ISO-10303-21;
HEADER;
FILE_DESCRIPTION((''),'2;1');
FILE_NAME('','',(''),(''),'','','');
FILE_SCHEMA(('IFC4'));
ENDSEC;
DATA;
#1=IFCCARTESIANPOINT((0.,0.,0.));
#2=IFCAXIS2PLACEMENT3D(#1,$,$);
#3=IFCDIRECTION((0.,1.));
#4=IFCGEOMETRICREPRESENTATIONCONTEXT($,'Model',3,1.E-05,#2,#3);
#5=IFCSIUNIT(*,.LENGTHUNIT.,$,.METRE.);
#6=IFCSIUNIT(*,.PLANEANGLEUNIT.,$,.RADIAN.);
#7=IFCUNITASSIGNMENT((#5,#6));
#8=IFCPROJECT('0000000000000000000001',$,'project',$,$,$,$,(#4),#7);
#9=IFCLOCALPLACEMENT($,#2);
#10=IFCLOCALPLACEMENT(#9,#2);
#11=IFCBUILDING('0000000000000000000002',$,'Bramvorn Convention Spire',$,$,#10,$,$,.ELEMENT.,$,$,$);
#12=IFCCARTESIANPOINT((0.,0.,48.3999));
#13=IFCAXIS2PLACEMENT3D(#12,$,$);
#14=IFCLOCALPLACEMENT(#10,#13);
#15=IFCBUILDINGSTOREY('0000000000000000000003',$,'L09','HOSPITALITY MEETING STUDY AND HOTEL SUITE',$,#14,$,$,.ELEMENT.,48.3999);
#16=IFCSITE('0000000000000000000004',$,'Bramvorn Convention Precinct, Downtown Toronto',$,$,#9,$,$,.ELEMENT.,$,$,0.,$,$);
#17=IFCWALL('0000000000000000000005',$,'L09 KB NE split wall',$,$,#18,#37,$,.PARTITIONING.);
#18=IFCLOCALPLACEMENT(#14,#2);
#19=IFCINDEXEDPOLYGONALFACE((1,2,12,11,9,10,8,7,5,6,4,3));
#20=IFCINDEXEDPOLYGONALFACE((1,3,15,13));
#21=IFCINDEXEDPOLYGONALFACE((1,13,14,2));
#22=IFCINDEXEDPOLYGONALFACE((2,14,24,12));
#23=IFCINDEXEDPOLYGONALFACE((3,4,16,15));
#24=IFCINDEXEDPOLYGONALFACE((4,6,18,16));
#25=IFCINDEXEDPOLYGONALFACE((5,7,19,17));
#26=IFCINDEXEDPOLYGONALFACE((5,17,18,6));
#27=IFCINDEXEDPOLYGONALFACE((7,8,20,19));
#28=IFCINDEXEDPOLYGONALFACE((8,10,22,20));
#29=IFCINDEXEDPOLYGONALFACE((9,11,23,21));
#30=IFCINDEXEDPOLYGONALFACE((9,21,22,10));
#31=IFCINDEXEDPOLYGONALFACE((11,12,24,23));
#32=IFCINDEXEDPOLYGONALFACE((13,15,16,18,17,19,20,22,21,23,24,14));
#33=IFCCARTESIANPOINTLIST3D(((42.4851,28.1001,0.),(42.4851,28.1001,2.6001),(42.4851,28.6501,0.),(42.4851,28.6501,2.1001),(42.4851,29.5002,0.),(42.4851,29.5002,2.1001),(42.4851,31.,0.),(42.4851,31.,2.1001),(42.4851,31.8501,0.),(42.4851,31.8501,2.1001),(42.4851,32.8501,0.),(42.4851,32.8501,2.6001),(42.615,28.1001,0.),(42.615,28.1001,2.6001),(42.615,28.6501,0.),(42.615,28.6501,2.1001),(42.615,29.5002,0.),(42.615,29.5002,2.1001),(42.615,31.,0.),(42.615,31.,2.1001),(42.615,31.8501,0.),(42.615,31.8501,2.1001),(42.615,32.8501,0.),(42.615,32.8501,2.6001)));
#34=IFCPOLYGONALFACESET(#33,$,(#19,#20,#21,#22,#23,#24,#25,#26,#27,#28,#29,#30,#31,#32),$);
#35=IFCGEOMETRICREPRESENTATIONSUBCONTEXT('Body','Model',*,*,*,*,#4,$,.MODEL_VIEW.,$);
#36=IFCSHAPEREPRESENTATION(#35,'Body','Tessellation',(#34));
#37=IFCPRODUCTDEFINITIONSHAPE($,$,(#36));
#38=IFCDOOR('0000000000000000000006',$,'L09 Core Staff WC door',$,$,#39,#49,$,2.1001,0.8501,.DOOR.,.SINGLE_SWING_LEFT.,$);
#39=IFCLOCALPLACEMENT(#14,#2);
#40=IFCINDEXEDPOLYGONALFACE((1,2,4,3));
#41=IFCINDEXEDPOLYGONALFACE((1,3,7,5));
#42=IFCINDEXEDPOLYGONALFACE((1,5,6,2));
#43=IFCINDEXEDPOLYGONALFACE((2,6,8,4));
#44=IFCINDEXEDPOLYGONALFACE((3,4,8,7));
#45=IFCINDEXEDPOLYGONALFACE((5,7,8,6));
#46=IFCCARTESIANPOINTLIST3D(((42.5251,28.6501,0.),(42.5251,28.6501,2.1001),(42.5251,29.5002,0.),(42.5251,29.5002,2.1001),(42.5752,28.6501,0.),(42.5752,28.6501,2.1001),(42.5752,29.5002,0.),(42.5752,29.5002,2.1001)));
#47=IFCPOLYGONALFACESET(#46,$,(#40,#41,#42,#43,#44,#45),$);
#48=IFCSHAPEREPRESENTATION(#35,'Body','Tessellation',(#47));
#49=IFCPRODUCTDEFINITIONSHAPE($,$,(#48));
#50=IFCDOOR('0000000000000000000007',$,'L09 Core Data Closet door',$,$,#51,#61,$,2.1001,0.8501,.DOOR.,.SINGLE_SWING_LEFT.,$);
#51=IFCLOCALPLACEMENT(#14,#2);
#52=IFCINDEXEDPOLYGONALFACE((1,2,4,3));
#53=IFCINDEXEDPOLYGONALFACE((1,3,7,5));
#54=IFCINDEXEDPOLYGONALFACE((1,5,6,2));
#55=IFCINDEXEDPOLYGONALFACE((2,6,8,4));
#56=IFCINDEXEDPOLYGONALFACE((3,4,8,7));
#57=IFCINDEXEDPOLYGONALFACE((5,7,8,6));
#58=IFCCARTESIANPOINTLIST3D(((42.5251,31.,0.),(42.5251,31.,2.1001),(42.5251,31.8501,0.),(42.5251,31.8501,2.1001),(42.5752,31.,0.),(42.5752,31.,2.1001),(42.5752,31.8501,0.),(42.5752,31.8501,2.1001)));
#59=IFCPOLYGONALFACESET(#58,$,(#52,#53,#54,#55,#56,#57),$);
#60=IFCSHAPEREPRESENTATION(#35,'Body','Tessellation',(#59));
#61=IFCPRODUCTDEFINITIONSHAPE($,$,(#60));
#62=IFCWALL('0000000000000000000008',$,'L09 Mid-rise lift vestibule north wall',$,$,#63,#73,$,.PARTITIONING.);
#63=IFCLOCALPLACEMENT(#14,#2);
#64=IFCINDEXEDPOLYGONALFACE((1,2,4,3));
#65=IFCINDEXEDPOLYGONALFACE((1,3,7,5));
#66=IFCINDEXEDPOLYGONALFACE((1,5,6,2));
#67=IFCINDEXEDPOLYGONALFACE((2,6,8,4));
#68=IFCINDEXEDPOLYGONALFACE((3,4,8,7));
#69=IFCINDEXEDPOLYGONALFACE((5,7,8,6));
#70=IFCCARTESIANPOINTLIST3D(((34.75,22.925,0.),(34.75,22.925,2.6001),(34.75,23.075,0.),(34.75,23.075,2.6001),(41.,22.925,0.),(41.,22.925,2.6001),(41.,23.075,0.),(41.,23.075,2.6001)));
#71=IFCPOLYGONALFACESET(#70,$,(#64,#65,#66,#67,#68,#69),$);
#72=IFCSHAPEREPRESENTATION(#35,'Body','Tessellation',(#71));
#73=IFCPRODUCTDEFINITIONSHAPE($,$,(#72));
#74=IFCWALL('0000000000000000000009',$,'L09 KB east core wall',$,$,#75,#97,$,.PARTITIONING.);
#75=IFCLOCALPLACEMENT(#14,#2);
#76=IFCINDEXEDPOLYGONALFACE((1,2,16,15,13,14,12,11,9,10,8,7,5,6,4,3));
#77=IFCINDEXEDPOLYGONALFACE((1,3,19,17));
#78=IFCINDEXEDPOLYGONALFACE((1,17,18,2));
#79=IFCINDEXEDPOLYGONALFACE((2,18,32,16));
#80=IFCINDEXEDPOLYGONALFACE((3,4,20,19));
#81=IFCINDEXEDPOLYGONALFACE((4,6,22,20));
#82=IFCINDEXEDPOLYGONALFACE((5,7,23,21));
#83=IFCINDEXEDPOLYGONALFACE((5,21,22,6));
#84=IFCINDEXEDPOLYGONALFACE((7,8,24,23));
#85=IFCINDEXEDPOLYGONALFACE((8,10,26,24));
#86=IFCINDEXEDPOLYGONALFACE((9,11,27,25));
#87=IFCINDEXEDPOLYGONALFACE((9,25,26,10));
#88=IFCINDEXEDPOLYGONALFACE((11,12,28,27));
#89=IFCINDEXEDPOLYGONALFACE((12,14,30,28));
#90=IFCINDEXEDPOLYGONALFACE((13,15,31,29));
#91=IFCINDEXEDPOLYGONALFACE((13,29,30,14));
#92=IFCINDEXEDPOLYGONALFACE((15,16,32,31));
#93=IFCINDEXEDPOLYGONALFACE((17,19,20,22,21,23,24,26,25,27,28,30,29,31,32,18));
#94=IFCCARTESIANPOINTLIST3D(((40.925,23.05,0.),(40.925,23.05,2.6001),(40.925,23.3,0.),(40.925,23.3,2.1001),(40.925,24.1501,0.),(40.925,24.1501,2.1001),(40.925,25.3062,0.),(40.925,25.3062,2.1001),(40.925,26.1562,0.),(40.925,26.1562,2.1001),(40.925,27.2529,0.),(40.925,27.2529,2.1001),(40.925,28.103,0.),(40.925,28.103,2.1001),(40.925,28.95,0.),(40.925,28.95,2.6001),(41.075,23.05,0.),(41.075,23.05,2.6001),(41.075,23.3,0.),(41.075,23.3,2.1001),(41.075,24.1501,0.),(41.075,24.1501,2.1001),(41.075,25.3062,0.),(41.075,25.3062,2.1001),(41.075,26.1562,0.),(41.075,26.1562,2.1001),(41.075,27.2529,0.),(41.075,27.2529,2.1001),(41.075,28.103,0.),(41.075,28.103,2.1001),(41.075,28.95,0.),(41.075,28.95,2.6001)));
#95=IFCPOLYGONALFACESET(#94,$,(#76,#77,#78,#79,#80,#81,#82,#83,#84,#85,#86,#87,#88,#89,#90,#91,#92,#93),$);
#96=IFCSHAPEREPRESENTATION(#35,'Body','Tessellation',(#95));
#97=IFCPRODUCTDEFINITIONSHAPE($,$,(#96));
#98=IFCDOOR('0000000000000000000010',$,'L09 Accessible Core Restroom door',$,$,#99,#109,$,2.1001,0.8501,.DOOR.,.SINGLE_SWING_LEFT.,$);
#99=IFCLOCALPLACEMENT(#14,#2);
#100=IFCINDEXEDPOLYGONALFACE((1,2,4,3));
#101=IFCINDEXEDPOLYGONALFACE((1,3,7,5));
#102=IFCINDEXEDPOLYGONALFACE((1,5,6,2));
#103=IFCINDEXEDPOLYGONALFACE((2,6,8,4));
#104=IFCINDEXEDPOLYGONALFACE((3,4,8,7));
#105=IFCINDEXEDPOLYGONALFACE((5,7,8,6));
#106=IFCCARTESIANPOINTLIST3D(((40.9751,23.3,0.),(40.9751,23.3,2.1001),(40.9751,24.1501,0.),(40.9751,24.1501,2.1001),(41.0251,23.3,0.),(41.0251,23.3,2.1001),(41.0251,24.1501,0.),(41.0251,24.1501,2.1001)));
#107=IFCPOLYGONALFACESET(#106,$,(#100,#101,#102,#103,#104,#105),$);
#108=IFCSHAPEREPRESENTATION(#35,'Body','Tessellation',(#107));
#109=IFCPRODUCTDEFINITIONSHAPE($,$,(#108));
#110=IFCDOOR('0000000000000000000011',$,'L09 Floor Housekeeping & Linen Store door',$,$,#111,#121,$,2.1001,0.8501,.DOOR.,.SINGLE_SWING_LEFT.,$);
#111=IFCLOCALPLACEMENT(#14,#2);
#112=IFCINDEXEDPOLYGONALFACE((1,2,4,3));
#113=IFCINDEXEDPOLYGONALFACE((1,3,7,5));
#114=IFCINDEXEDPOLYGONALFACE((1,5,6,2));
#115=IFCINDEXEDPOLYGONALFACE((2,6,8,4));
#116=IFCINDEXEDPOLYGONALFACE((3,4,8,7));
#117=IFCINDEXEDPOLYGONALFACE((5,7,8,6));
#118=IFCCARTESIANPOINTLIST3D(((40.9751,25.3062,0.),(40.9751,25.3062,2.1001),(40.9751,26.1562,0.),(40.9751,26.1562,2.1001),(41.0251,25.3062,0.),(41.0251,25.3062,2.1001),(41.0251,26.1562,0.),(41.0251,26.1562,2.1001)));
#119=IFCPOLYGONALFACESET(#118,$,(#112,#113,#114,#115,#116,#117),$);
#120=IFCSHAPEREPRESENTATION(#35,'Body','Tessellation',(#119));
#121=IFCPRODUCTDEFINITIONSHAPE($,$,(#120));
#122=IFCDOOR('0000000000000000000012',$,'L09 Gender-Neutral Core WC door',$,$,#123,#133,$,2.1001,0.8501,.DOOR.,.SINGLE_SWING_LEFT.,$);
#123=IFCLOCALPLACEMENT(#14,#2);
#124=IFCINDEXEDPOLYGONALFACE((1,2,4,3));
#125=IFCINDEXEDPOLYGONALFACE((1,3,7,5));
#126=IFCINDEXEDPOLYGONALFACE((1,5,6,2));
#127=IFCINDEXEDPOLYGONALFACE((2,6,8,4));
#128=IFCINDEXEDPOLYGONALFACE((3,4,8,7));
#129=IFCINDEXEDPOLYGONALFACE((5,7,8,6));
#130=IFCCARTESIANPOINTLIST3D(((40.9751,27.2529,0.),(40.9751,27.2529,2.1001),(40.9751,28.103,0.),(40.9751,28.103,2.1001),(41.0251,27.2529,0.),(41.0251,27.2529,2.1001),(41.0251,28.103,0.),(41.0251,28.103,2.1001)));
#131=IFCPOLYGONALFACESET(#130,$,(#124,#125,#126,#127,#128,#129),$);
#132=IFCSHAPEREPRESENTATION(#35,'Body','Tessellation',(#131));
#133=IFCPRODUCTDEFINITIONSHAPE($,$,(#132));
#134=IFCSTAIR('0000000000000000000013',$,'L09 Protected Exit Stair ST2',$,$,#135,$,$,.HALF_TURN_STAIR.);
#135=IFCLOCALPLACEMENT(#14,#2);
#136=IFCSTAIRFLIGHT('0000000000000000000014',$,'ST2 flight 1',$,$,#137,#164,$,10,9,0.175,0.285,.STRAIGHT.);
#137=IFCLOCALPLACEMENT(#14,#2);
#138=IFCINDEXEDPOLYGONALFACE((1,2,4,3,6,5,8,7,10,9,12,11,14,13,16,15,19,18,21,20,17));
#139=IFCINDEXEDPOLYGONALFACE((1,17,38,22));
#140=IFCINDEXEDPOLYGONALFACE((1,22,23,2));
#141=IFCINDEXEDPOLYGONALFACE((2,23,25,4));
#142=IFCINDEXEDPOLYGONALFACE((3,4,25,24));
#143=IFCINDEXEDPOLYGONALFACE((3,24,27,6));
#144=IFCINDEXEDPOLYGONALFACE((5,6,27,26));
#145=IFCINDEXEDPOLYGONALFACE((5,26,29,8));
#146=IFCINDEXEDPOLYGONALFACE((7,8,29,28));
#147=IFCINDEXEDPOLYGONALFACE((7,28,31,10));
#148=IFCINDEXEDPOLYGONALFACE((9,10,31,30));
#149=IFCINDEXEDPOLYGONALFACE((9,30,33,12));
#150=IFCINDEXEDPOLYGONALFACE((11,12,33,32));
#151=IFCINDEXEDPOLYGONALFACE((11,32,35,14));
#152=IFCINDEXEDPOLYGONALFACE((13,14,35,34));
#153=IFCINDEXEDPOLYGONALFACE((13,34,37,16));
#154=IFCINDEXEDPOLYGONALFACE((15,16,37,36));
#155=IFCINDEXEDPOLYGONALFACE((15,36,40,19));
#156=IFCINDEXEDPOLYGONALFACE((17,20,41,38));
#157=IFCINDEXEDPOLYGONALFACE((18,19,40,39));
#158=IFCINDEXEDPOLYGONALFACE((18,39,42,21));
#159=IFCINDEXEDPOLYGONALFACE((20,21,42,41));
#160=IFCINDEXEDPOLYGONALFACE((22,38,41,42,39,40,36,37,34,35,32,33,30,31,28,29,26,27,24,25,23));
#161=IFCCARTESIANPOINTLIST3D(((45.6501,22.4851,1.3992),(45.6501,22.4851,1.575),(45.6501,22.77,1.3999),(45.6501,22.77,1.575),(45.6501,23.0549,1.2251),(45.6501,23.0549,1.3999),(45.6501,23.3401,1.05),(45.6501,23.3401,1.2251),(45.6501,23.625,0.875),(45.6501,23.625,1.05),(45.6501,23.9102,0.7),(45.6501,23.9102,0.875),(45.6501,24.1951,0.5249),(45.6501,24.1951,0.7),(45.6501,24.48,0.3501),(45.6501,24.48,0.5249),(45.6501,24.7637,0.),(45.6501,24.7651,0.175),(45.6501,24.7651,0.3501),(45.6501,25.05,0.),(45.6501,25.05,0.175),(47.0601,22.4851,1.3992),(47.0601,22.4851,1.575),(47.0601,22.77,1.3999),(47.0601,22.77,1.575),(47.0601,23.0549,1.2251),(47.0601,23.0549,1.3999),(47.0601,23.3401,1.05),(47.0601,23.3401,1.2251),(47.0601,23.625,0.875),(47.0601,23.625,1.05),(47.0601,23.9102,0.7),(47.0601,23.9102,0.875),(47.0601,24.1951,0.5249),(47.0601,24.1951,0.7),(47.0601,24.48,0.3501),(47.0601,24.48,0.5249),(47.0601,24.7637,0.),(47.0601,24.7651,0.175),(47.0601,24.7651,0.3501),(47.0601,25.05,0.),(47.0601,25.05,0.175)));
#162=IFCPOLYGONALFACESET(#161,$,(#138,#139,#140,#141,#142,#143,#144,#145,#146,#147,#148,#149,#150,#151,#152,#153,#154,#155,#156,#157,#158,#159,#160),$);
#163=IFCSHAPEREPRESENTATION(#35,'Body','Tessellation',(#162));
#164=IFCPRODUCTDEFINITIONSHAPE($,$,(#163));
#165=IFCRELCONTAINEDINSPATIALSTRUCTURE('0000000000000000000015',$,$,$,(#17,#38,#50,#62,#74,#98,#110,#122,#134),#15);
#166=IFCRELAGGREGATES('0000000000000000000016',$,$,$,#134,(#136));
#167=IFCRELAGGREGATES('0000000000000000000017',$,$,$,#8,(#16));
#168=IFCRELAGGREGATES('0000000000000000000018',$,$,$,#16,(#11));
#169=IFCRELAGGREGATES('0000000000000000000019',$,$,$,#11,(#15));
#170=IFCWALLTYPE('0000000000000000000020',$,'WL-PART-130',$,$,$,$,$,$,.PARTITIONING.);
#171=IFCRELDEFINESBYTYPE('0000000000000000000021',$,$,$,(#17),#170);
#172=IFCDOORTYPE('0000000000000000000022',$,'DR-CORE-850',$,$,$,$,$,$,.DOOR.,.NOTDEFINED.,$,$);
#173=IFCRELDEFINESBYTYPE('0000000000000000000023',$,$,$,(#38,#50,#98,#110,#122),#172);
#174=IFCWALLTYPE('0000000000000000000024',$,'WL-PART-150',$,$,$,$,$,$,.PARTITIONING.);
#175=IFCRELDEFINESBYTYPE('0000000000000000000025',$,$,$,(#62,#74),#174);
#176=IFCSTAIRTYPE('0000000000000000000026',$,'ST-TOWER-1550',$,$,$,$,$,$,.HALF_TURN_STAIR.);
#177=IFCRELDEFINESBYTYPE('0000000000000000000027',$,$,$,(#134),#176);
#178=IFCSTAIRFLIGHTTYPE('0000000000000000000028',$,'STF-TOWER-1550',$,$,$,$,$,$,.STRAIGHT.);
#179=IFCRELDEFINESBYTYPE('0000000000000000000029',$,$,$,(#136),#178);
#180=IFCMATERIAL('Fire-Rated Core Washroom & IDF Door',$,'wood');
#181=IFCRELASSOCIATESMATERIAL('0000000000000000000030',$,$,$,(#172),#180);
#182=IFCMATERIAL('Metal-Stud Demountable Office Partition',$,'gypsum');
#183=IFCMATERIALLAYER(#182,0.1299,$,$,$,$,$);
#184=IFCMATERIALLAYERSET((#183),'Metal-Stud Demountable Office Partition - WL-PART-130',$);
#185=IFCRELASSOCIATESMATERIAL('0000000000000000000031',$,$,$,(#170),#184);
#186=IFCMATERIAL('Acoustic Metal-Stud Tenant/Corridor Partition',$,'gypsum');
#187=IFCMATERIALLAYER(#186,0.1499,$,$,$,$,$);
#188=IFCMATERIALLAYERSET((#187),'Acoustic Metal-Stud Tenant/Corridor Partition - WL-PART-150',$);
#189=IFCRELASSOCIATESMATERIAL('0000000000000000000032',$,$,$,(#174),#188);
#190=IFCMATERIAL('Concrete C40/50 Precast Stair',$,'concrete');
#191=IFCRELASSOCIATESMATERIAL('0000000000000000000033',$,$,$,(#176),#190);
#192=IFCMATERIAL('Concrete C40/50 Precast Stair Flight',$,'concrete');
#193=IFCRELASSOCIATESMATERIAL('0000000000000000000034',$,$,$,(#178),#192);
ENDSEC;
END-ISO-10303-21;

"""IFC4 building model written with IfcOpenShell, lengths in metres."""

from ifc_helpers import new_model, si_unit, direction, frame, frame_2d, origin, place, context, subcontext, project, spatial, polyline, rectangle, outline, extrude, material, layer, layer_set, type_object, element, fill, aggregate, save


model = new_model("IFC4")

# Units and contexts
model_context = context("Model", 3, precision=1e-05, world=origin(), true_north=direction((0.0, 1.0)))
body_context = subcontext(model_context, "Body", "Model", "MODEL_VIEW")
ifc_project = project(units=[si_unit("LENGTHUNIT", "METRE"), si_unit("PLANEANGLEUNIT", "RADIAN")], contexts=[model_context])

# Site, building, storey
site_placement = place(None, origin())
site = spatial("IfcSite", under=ifc_project, at=site_placement, Name="Bramvorn Convention Precinct, Downtown Toronto", CompositionType="ELEMENT", RefElevation=0.0)
building_placement = place(site_placement, origin())
building = spatial("IfcBuilding", under=site, at=building_placement, Name="Bramvorn Convention Spire", CompositionType="ELEMENT")
storey_placement = place(building_placement, frame((0.0, 0.0, 48.3999)))
storey = spatial("IfcBuildingStorey", under=building, at=storey_placement, Name="L09", Description="HOSPITALITY MEETING STUDY AND HOTEL SUITE", CompositionType="ELEMENT", Elevation=48.3999)

# Shared definitions
ifc_material_1 = material(Name="Fire-Rated Core Washroom & IDF Door", Category="wood")
door_type_1 = type_object("IfcDoorType", Name="DR-CORE-850", OperationType="NOTDEFINED", PredefinedType="DOOR", material=ifc_material_1)

# Wall, openings, doors
ifc_material_2 = material(Name="Metal-Stud Demountable Office Partition", Category="gypsum")
ifc_layer_1 = layer(ifc_material_2, 0.1299)
ifc_layer_set_1 = layer_set([ifc_layer_1], Name="Metal-Stud Demountable Office Partition - WL-PART-130")
wall_type_1 = type_object("IfcWallType", Name="WL-PART-130", PredefinedType="PARTITIONING", material=ifc_layer_set_1)
wall_1_placement = place(storey_placement, frame((42.55, 28.1001, 0.0), z_axis=(0.0, 0.0, 1.0), x_axis=(0.0, 1.0, 0.0)))
wall_1 = element("IfcWall", 1, at=wall_1_placement, inside=storey, type_object=wall_type_1, Name="L09 KB NE split wall", PredefinedType="PARTITIONING", context=body_context, shape_type="SweptSolid", body=[
    extrude(rectangle(XDim=4.75, YDim=0.1299, at=frame_2d((2.375, 0.0))), origin(), (0.0, 0.0, 1.0), 2.6001),
])
opening_1_placement = place(wall_1_placement, frame((0.55, 0.0, 0.0)))
opening_1 = element("IfcOpeningElement", 2, at=opening_1_placement, cuts=wall_1, PredefinedType="OPENING", context=body_context, shape_type="SweptSolid", body=[
    extrude(rectangle(XDim=0.8501, YDim=2.1001, at=frame_2d((0.425, 1.05))), frame((0.0, 0.075, 0.0), z_axis=(0.0, -1.0, 0.0), x_axis=(1.0, 0.0, 0.0)), (0.0, 0.0, 1.0), 0.1499),
])
opening_2_placement = place(wall_1_placement, frame((2.8999, 0.0, 0.0)))
opening_2 = element("IfcOpeningElement", 3, at=opening_2_placement, cuts=wall_1, PredefinedType="OPENING", context=body_context, shape_type="SweptSolid", body=[
    extrude(rectangle(XDim=0.8501, YDim=2.1001, at=frame_2d((0.425, 1.05))), frame((0.0, 0.075, 0.0), z_axis=(0.0, -1.0, 0.0), x_axis=(1.0, 0.0, 0.0)), (0.0, 0.0, 1.0), 0.1499),
])
door_1_placement = place(opening_1_placement, origin())
door_1 = element("IfcDoor", 4, at=door_1_placement, inside=storey, type_object=door_type_1, Name="L09 Core Staff WC door", OperationType="SINGLE_SWING_LEFT", OverallHeight=2.1001, OverallWidth=0.8501, PredefinedType="DOOR", context=body_context, shape_type="SweptSolid", body=[
    extrude(rectangle(XDim=0.8501, YDim=2.1001, at=frame_2d((0.425, 1.05))), frame((0.0, 0.0249, 0.0), z_axis=(0.0, -1.0, 0.0), x_axis=(1.0, 0.0, 0.0)), (0.0, 0.0, 1.0), 0.05),
])
fill(opening_1, door_1)
door_2_placement = place(opening_2_placement, origin())
door_2 = element("IfcDoor", 5, at=door_2_placement, inside=storey, type_object=door_type_1, Name="L09 Core Data Closet door", OperationType="SINGLE_SWING_LEFT", OverallHeight=2.1001, OverallWidth=0.8501, PredefinedType="DOOR", context=body_context, shape_type="SweptSolid", body=[
    extrude(rectangle(XDim=0.8501, YDim=2.1001, at=frame_2d((0.425, 1.05))), frame((0.0, 0.0249, 0.0), z_axis=(0.0, -1.0, 0.0), x_axis=(1.0, 0.0, 0.0)), (0.0, 0.0, 1.0), 0.05),
])
fill(opening_2, door_2)

# Wall
ifc_material_3 = material(Name="Acoustic Metal-Stud Tenant/Corridor Partition", Category="gypsum")
ifc_layer_2 = layer(ifc_material_3, 0.1499)
ifc_layer_set_2 = layer_set([ifc_layer_2], Name="Acoustic Metal-Stud Tenant/Corridor Partition - WL-PART-150")
wall_type_2 = type_object("IfcWallType", Name="WL-PART-150", PredefinedType="PARTITIONING", material=ifc_layer_set_2)
wall_2_placement = place(storey_placement, frame((34.75, 23.0, 0.0), z_axis=(0.0, 0.0, 1.0), x_axis=(1.0, 0.0, 0.0)))
element("IfcWall", 6, at=wall_2_placement, inside=storey, type_object=wall_type_2, Name="L09 Mid-rise lift vestibule north wall", PredefinedType="PARTITIONING", context=body_context, shape_type="SweptSolid", body=[
    extrude(rectangle(XDim=6.25, YDim=0.1499, at=frame_2d((3.125, 0.0))), origin(), (0.0, 0.0, 1.0), 2.6001),
])

# Wall, openings, doors
wall_3_placement = place(storey_placement, frame((41.0, 23.05, 0.0), z_axis=(0.0, 0.0, 1.0), x_axis=(0.0, 1.0, 0.0)))
wall_3 = element("IfcWall", 7, at=wall_3_placement, inside=storey, type_object=wall_type_2, Name="L09 KB east core wall", PredefinedType="PARTITIONING", context=body_context, shape_type="SweptSolid", body=[
    extrude(rectangle(XDim=5.8999, YDim=0.1499, at=frame_2d((2.95, 0.0))), origin(), (0.0, 0.0, 1.0), 2.6001),
])
opening_3_placement = place(wall_3_placement, frame((0.25, 0.0, 0.0)))
opening_3 = element("IfcOpeningElement", 8, at=opening_3_placement, cuts=wall_3, PredefinedType="OPENING", context=body_context, shape_type="SweptSolid", body=[
    extrude(rectangle(XDim=0.8501, YDim=2.1001, at=frame_2d((0.425, 1.05))), frame((0.0, 0.085, 0.0), z_axis=(0.0, -1.0, 0.0), x_axis=(1.0, 0.0, 0.0)), (0.0, 0.0, 1.0), 0.1699),
])
opening_4_placement = place(wall_3_placement, frame((2.2561, 0.0, 0.0)))
opening_4 = element("IfcOpeningElement", 9, at=opening_4_placement, cuts=wall_3, PredefinedType="OPENING", context=body_context, shape_type="SweptSolid", body=[
    extrude(rectangle(XDim=0.8501, YDim=2.1001, at=frame_2d((0.425, 1.05))), frame((0.0, 0.085, 0.0), z_axis=(0.0, -1.0, 0.0), x_axis=(1.0, 0.0, 0.0)), (0.0, 0.0, 1.0), 0.1699),
])
opening_5_placement = place(wall_3_placement, frame((4.2029, 0.0, 0.0)))
opening_5 = element("IfcOpeningElement", 10, at=opening_5_placement, cuts=wall_3, PredefinedType="OPENING", context=body_context, shape_type="SweptSolid", body=[
    extrude(rectangle(XDim=0.8501, YDim=2.1001, at=frame_2d((0.425, 1.05))), frame((0.0, 0.085, 0.0), z_axis=(0.0, -1.0, 0.0), x_axis=(1.0, 0.0, 0.0)), (0.0, 0.0, 1.0), 0.1699),
])
door_3_placement = place(opening_3_placement, origin())
door_3 = element("IfcDoor", 11, at=door_3_placement, inside=storey, type_object=door_type_1, Name="L09 Accessible Core Restroom door", OperationType="SINGLE_SWING_LEFT", OverallHeight=2.1001, OverallWidth=0.8501, PredefinedType="DOOR", context=body_context, shape_type="SweptSolid", body=[
    extrude(rectangle(XDim=0.8501, YDim=2.1001, at=frame_2d((0.425, 1.05))), frame((0.0, 0.0249, 0.0), z_axis=(0.0, -1.0, 0.0), x_axis=(1.0, 0.0, 0.0)), (0.0, 0.0, 1.0), 0.05),
])
fill(opening_3, door_3)
door_4_placement = place(opening_4_placement, origin())
door_4 = element("IfcDoor", 12, at=door_4_placement, inside=storey, type_object=door_type_1, Name="L09 Floor Housekeeping & Linen Store door", OperationType="SINGLE_SWING_LEFT", OverallHeight=2.1001, OverallWidth=0.8501, PredefinedType="DOOR", context=body_context, shape_type="SweptSolid", body=[
    extrude(rectangle(XDim=0.8501, YDim=2.1001, at=frame_2d((0.425, 1.05))), frame((0.0, 0.0249, 0.0), z_axis=(0.0, -1.0, 0.0), x_axis=(1.0, 0.0, 0.0)), (0.0, 0.0, 1.0), 0.05),
])
fill(opening_4, door_4)
door_5_placement = place(opening_5_placement, origin())
door_5 = element("IfcDoor", 13, at=door_5_placement, inside=storey, type_object=door_type_1, Name="L09 Gender-Neutral Core WC door", OperationType="SINGLE_SWING_LEFT", OverallHeight=2.1001, OverallWidth=0.8501, PredefinedType="DOOR", context=body_context, shape_type="SweptSolid", body=[
    extrude(rectangle(XDim=0.8501, YDim=2.1001, at=frame_2d((0.425, 1.05))), frame((0.0, 0.0249, 0.0), z_axis=(0.0, -1.0, 0.0), x_axis=(1.0, 0.0, 0.0)), (0.0, 0.0, 1.0), 0.05),
])
fill(opening_5, door_5)

# Stair, stair flight
ifc_material_4 = material(Name="Concrete C40/50 Precast Stair", Category="concrete")
stair_type = type_object("IfcStairType", Name="ST-TOWER-1550", PredefinedType="HALF_TURN_STAIR", material=ifc_material_4)
stair_placement = place(storey_placement, origin())
stair = element("IfcStair", 14, at=stair_placement, inside=storey, type_object=stair_type, Name="L09 Protected Exit Stair ST2", PredefinedType="HALF_TURN_STAIR")
ifc_material_5 = material(Name="Concrete C40/50 Precast Stair Flight", Category="concrete")
stair_flight_type = type_object("IfcStairFlightType", Name="STF-TOWER-1550", PredefinedType="STRAIGHT", material=ifc_material_5)
stair_flight_1_placement = place(storey_placement, frame((46.355, 25.05, 0.0), z_axis=(0.0, 0.0, 1.0), x_axis=(0.0, -1.0, 0.0)))
stair_flight_1 = element("IfcStairFlight", 15, at=stair_flight_1_placement, type_object=stair_flight_type, Name="ST2 flight 1", NumberOfRisers=10, NumberOfTreads=9, PredefinedType="STRAIGHT", RiserHeight=0.175, TreadLength=0.285, context=body_context, shape_type="SweptSolid", body=[
    extrude(outline(polyline([(0.0, 0.0), (0.0, 0.175), (0.2849, 0.175), (0.2849, 0.3501), (0.5701, 0.3501), (0.5701, 0.5249), (0.855, 0.5249), (0.855, 0.7), (1.1399, 0.7), (1.1399, 0.875), (1.425, 0.875), (1.425, 1.05), (1.71, 1.05), (1.71, 1.2251), (1.9951, 1.2251), (1.9951, 1.3999), (2.28, 1.3999), (2.28, 1.575), (2.5649, 1.575), (2.5649, 1.75), (2.5649, 1.3992), (0.2864, 0.0), (0.0, 0.0)])), frame((0.0, 0.7051, 0.0), z_axis=(0.0, -1.0, 0.0), x_axis=(1.0, 0.0, 0.0)), (0.0, 0.0, 1.0), 1.4099),
])
aggregate(stair, [stair_flight_1])

save(model, "model.ifc")
